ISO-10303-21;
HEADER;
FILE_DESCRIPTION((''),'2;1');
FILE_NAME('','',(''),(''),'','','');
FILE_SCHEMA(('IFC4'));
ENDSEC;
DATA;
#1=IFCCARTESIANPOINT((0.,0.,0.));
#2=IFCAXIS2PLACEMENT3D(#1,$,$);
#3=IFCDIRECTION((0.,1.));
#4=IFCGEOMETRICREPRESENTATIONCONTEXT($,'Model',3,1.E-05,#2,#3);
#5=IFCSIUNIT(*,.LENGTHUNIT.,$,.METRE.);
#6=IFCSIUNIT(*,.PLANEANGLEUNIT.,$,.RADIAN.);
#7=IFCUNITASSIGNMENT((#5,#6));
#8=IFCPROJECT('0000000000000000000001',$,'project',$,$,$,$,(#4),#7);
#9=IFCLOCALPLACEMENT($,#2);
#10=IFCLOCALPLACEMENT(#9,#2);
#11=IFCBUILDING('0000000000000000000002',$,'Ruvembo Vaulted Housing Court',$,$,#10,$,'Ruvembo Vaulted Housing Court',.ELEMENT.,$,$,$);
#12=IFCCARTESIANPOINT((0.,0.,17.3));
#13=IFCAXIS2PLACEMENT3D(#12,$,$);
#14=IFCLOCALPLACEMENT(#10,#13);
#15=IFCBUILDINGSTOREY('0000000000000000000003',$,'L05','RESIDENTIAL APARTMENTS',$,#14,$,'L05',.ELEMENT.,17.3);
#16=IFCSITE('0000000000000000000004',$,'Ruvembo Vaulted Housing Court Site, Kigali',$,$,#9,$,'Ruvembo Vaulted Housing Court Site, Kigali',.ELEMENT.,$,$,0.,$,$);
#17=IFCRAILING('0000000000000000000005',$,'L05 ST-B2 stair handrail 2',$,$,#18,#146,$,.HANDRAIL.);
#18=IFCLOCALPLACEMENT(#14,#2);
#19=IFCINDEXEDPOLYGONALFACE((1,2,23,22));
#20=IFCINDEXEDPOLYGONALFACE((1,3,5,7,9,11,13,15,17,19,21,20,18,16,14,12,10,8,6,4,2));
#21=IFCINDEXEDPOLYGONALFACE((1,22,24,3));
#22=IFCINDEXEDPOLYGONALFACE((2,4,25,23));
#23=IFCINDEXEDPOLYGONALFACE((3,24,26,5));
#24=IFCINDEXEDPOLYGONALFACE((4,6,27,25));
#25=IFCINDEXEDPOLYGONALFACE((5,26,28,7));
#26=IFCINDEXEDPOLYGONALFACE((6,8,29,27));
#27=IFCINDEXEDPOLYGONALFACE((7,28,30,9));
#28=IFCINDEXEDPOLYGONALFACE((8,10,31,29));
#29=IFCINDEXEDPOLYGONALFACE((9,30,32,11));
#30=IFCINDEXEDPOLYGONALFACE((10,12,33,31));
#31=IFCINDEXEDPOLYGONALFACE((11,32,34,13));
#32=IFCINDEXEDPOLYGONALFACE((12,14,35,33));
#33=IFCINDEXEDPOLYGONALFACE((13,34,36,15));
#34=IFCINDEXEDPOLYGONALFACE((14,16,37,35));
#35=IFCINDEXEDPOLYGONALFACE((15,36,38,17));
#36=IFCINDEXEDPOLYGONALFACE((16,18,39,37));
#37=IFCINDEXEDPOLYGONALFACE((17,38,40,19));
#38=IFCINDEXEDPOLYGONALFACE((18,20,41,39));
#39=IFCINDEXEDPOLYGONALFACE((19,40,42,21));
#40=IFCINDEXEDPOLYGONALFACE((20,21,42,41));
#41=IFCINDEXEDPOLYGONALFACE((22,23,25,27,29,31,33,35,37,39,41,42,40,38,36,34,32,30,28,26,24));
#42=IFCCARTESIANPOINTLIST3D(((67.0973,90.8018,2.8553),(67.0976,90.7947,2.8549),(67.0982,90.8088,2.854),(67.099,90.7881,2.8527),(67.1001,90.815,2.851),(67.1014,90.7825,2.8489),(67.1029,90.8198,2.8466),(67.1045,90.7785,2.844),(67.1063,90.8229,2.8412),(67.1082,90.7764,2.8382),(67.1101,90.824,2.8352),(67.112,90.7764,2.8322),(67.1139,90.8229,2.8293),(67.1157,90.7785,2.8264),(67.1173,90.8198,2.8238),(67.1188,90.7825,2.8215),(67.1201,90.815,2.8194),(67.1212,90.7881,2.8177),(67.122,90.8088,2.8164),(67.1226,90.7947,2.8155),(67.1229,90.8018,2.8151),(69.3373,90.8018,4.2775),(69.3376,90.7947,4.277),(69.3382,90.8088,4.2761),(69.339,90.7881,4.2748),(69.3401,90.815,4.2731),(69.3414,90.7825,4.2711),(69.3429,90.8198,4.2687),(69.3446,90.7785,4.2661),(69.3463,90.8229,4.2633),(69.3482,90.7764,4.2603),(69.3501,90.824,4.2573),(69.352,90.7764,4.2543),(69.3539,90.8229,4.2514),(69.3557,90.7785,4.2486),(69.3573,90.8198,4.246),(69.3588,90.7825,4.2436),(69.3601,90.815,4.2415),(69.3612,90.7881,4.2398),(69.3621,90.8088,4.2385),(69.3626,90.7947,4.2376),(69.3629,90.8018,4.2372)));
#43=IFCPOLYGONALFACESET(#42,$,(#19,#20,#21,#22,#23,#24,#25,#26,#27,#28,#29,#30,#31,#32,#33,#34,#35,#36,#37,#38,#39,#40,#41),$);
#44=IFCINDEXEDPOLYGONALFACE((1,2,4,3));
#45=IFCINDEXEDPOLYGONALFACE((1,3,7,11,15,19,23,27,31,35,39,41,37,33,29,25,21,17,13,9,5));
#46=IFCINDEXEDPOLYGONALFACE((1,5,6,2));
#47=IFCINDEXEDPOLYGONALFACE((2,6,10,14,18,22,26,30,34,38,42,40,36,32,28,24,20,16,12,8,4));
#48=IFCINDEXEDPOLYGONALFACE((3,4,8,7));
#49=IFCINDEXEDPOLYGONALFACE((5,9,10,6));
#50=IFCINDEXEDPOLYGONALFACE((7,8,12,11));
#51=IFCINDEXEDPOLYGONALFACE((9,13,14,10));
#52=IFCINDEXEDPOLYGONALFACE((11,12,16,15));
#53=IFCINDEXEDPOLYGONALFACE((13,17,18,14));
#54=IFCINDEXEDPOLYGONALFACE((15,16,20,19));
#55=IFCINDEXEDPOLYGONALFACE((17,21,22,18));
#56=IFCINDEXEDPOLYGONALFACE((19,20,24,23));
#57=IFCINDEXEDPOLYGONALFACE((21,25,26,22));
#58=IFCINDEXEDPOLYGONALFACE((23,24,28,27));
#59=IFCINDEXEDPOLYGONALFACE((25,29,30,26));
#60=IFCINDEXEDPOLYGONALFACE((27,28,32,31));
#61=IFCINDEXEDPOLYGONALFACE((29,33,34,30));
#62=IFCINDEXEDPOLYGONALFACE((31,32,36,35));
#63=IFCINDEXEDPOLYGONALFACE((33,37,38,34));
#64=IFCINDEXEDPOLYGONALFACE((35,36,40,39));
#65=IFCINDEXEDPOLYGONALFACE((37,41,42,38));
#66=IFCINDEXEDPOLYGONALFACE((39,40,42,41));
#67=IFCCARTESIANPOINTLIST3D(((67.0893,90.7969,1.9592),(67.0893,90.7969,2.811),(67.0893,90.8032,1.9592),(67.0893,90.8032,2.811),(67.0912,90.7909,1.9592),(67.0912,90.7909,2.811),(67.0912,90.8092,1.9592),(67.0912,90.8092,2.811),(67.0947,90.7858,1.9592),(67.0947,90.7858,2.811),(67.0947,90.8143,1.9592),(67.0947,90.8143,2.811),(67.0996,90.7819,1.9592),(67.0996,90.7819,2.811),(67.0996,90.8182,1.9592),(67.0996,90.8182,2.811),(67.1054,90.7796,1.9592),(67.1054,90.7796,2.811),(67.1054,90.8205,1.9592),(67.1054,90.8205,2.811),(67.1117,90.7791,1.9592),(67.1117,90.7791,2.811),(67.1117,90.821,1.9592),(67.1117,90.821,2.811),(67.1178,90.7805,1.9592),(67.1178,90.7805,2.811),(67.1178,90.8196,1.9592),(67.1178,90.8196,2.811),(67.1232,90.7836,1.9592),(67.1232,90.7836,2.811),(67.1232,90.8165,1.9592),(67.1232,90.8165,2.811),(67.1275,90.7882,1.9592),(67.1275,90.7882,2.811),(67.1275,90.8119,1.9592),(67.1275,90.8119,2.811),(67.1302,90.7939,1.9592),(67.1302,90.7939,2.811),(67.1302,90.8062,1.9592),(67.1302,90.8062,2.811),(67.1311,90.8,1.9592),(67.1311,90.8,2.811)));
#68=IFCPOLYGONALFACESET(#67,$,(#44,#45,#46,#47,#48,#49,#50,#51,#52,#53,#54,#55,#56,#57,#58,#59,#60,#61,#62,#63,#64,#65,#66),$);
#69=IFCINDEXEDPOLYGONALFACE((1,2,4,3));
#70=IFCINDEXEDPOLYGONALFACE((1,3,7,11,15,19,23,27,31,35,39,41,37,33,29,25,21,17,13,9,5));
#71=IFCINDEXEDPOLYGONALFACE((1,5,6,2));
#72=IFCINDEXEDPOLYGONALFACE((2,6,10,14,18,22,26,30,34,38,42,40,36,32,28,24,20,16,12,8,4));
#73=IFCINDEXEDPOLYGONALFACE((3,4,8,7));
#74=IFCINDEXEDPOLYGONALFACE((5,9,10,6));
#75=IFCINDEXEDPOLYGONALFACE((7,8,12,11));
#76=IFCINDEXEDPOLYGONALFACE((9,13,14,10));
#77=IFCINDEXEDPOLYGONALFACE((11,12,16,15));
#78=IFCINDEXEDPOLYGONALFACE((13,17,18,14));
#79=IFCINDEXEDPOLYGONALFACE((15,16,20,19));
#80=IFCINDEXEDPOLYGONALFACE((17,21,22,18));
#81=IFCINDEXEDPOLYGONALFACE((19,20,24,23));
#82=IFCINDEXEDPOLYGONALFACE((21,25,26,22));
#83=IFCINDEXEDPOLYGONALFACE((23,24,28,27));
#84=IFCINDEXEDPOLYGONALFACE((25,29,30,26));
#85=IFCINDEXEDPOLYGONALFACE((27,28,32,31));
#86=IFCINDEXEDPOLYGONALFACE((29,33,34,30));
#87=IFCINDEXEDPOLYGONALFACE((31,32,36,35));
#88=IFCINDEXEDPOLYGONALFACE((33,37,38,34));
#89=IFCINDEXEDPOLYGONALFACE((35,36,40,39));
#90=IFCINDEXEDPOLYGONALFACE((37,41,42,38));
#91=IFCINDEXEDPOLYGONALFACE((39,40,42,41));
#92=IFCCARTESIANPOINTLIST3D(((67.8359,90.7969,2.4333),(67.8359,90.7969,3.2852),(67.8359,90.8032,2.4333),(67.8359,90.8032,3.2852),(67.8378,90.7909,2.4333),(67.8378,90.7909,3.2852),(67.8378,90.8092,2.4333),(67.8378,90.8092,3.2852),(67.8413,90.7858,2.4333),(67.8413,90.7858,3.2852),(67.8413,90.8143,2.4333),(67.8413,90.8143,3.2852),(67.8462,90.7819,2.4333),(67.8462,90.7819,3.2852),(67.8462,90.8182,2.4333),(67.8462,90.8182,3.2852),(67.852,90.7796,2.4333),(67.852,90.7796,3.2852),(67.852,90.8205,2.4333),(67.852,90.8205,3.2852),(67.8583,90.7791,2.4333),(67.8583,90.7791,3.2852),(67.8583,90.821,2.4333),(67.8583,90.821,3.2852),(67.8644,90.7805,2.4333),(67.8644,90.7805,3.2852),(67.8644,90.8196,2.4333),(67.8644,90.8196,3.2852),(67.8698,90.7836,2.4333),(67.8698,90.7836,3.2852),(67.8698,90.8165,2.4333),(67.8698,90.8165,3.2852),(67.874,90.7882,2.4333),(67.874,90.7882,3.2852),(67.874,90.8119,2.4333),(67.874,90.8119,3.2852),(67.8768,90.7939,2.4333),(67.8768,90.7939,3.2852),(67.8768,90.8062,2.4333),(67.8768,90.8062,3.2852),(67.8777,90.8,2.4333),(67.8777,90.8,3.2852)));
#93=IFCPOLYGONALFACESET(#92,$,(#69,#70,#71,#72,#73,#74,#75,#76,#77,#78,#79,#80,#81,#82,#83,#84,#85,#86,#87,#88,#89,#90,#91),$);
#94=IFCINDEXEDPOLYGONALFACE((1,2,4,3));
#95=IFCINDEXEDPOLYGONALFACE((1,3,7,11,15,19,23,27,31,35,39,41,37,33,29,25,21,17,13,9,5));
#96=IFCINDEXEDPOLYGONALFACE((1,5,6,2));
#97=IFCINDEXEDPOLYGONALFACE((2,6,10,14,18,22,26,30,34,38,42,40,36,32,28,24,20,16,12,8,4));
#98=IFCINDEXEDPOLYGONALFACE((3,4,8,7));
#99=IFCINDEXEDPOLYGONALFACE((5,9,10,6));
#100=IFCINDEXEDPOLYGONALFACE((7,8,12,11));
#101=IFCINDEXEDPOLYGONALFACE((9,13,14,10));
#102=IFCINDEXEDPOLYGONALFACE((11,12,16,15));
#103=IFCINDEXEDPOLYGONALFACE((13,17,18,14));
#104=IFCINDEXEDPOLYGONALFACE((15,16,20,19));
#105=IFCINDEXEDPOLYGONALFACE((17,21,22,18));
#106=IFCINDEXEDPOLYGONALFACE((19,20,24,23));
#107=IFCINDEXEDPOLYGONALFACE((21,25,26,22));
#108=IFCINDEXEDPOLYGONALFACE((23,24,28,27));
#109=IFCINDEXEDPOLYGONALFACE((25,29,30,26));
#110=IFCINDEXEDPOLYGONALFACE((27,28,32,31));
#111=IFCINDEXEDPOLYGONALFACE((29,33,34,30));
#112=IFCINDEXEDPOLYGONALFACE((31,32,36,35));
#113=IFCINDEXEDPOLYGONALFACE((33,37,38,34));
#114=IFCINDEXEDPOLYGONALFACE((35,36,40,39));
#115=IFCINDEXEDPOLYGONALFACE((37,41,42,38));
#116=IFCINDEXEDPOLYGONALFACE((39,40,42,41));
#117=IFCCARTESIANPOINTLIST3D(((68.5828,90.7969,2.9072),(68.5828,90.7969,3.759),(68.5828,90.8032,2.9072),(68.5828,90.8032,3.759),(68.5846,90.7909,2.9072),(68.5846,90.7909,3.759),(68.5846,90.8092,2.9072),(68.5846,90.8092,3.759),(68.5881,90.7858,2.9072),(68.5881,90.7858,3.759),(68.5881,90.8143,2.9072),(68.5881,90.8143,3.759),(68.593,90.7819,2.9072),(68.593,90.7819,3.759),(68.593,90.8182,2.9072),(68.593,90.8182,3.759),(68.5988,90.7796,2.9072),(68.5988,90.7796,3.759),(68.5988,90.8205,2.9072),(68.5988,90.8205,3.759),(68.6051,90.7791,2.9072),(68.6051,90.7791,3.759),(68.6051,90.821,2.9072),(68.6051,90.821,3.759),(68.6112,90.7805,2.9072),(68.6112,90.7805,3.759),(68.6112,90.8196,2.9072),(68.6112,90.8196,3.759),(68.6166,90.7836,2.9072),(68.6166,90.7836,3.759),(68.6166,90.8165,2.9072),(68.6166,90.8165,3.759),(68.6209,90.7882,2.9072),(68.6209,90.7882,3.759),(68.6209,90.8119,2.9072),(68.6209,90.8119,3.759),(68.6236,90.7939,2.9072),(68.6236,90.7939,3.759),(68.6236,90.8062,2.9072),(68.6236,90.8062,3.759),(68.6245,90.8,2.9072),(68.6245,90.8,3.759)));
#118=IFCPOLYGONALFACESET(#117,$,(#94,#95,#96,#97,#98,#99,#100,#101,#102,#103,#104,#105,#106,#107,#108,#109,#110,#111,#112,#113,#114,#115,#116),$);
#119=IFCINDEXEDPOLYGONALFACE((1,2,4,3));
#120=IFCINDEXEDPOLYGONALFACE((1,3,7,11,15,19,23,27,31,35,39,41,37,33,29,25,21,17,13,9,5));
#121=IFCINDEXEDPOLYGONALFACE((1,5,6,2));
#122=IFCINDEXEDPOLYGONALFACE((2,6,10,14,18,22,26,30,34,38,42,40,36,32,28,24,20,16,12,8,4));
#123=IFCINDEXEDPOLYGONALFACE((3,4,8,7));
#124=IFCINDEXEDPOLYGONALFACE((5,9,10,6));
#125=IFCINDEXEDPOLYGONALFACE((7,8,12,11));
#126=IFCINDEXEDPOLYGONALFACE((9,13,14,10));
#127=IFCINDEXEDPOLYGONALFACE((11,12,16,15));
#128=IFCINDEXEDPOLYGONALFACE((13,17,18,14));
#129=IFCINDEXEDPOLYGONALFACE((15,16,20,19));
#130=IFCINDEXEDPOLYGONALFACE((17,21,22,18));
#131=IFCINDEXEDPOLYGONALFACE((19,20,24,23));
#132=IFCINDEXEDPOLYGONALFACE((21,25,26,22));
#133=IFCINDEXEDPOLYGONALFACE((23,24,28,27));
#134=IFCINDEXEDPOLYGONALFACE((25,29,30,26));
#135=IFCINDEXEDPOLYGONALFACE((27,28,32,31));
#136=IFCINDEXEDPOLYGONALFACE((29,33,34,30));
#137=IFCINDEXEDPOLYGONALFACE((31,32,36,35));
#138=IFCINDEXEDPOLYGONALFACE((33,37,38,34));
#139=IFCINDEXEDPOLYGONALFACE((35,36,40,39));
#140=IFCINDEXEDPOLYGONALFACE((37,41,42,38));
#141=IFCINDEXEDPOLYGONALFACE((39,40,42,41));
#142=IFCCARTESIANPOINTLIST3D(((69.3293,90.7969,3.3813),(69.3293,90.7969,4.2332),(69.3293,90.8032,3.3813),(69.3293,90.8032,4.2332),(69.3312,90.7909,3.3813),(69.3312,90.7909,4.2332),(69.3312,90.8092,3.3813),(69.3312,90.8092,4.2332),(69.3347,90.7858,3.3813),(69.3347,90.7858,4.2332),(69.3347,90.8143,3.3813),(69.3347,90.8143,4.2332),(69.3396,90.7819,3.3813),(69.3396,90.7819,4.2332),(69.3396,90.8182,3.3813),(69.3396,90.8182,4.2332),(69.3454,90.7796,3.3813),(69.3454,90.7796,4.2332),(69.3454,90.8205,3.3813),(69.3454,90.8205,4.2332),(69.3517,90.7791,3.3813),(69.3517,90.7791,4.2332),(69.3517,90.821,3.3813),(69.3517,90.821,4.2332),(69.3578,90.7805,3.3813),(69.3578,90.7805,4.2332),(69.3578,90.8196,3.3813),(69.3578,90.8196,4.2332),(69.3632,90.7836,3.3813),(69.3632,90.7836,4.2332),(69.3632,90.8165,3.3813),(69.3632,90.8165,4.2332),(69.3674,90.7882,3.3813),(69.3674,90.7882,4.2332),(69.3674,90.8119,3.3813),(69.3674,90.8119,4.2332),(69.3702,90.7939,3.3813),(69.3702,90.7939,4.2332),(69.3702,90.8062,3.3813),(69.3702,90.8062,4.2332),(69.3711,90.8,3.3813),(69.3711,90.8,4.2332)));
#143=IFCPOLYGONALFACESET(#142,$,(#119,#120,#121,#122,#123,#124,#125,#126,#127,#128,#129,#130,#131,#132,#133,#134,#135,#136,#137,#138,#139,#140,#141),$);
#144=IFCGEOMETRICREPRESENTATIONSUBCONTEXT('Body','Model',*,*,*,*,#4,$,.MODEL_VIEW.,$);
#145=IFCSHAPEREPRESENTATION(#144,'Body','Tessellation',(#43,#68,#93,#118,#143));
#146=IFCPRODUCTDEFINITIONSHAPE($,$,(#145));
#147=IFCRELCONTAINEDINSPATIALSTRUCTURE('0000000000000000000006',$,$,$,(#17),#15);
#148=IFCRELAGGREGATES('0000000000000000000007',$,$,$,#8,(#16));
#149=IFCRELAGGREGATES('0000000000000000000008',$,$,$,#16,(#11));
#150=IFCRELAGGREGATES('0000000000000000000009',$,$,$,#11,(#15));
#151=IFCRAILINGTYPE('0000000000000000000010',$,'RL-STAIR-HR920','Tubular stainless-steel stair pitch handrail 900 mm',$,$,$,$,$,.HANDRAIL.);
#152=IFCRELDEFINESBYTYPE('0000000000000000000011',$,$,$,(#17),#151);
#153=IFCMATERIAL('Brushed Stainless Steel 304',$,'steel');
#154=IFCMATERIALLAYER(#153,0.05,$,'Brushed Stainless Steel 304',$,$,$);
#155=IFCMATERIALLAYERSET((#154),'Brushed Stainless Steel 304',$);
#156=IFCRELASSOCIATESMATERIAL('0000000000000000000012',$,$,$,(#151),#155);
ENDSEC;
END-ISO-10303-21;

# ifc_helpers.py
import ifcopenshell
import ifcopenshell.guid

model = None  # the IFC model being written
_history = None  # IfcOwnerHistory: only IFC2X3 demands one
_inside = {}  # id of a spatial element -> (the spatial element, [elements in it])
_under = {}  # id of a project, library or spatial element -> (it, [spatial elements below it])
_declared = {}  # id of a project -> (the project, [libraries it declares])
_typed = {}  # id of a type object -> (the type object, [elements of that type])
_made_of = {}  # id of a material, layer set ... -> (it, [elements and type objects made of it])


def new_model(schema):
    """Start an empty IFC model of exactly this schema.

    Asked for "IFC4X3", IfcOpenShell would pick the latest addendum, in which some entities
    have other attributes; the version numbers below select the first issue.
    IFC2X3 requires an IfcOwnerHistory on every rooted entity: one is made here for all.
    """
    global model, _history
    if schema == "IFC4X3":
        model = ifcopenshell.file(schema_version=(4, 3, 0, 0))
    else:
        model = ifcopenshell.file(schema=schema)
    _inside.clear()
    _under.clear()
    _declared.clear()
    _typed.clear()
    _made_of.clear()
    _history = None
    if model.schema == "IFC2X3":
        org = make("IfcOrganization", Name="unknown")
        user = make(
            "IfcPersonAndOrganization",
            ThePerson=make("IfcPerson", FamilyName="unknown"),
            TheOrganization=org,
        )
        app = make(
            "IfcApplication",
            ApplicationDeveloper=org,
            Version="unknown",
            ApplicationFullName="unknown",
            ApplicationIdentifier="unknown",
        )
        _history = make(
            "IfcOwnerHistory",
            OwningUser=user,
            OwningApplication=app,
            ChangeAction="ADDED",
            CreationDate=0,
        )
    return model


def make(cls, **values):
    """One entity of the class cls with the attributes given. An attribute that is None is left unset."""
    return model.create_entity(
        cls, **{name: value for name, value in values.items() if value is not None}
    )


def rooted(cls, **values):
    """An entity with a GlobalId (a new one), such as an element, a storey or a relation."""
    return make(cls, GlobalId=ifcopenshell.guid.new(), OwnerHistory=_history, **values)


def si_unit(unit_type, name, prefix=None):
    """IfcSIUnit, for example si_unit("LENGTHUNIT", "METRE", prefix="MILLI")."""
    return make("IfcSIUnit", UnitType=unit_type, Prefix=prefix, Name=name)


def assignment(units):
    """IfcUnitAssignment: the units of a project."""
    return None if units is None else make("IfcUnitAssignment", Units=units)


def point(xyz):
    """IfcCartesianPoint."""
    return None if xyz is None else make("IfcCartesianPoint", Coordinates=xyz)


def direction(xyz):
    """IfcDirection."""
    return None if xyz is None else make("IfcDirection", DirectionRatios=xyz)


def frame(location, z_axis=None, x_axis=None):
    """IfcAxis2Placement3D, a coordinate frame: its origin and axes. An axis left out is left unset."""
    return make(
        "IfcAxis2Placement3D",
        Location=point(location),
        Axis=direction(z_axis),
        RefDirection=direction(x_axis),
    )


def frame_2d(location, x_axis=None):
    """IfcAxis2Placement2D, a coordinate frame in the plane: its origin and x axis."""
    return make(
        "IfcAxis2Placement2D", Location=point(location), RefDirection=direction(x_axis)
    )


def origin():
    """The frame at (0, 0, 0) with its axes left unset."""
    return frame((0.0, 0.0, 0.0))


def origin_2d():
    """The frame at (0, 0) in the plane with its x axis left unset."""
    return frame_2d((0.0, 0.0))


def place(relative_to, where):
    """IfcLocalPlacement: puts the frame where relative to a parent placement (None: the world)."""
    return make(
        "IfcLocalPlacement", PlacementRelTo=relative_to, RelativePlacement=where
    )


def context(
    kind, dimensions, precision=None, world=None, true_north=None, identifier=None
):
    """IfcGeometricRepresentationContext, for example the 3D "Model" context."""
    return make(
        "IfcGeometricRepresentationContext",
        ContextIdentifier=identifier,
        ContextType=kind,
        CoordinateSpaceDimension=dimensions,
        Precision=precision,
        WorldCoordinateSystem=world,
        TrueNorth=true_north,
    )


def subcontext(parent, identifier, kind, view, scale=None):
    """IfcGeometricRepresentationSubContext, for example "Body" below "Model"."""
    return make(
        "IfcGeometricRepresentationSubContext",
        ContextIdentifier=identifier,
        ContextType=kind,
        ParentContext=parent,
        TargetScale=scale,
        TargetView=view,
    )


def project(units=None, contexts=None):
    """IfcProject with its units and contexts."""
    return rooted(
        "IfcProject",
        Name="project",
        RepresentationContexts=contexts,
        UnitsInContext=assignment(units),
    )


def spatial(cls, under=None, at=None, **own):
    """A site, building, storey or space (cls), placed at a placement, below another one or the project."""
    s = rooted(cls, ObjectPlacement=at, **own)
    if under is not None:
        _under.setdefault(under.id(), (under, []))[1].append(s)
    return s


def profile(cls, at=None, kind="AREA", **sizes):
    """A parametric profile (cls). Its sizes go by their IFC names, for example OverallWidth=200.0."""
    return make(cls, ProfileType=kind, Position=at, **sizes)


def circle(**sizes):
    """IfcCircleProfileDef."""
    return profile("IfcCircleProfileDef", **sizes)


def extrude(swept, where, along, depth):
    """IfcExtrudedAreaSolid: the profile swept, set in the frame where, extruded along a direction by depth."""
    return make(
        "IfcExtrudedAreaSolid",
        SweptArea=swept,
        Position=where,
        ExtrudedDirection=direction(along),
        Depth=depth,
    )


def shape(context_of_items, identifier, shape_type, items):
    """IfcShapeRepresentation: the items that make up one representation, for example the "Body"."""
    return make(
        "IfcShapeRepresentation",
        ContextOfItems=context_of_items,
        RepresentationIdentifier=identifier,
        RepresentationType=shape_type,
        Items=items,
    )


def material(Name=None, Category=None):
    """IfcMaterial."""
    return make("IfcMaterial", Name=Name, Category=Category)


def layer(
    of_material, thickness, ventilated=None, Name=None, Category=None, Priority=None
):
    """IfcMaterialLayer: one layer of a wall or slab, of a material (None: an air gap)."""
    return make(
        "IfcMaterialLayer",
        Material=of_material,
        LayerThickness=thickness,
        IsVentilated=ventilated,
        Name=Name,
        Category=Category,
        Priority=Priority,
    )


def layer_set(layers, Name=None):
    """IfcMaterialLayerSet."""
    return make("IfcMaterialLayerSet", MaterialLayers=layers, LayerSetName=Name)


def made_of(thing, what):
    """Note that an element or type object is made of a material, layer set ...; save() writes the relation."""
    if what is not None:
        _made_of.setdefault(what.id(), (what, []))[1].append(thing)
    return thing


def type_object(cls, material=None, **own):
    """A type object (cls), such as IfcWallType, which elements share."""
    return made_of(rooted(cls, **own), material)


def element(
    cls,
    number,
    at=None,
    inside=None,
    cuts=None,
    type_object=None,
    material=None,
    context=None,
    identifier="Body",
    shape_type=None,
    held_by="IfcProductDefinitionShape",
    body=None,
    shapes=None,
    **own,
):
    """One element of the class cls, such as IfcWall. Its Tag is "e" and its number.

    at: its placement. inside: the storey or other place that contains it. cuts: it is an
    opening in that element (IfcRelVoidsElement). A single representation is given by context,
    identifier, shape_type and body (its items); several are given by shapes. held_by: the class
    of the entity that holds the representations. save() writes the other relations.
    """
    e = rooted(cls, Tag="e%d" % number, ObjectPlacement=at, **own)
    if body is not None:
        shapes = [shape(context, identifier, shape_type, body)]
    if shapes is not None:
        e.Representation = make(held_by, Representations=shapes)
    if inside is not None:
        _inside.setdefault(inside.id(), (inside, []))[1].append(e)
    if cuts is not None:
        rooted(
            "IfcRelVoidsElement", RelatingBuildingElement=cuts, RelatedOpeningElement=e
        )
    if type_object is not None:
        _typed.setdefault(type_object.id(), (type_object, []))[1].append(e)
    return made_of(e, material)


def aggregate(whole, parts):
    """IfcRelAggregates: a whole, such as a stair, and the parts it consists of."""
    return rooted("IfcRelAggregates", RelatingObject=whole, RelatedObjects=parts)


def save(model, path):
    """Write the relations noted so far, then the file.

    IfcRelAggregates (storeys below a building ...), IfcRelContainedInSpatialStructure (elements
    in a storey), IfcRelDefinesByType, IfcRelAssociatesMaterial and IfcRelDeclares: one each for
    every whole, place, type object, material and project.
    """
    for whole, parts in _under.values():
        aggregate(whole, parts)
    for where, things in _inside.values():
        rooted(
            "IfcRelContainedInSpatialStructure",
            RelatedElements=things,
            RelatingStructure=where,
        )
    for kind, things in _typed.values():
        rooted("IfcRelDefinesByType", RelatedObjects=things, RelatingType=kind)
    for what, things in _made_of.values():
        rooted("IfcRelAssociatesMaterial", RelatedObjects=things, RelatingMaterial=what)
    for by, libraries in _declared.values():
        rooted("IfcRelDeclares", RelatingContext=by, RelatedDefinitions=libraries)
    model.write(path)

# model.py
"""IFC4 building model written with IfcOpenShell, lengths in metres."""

from ifc_helpers import new_model, si_unit, direction, frame, origin, origin_2d, place, context, subcontext, project, spatial, circle, extrude, material, layer, layer_set, type_object, element, save


model = new_model("IFC4")

# Units and contexts
model_context = context("Model", 3, precision=1e-05, world=origin(), true_north=direction((0.0, 1.0)))
body_context = subcontext(model_context, "Body", "Model", "MODEL_VIEW")
ifc_project = project(units=[si_unit("LENGTHUNIT", "METRE"), si_unit("PLANEANGLEUNIT", "RADIAN")], contexts=[model_context])

# Site, building, storey
site_placement = place(None, origin())
site = spatial("IfcSite", under=ifc_project, at=site_placement, Name="Ruvembo Vaulted Housing Court Site, Kigali", LongName="Ruvembo Vaulted Housing Court Site, Kigali", CompositionType="ELEMENT", RefElevation=0.0)
building_placement = place(site_placement, origin())
building = spatial("IfcBuilding", under=site, at=building_placement, Name="Ruvembo Vaulted Housing Court", LongName="Ruvembo Vaulted Housing Court", CompositionType="ELEMENT")
storey_placement = place(building_placement, frame((0.0, 0.0, 17.3)))
storey = spatial("IfcBuildingStorey", under=building, at=storey_placement, Name="L05", Description="RESIDENTIAL APARTMENTS", LongName="L05", CompositionType="ELEMENT", Elevation=17.3)

# Railing
ifc_material_1 = material(Name="Brushed Stainless Steel 304", Category="steel")
ifc_layer_1 = layer(ifc_material_1, 0.05, Name="Brushed Stainless Steel 304")
ifc_layer_set_1 = layer_set([ifc_layer_1], Name="Brushed Stainless Steel 304")
railing_type_1 = type_object("IfcRailingType", Name="RL-STAIR-HR920", Description="Tubular stainless-steel stair pitch handrail 900 mm", PredefinedType="HANDRAIL", material=ifc_layer_set_1)
railing_1_placement = place(storey_placement, frame((67.1101, 90.8, 1.9592)))
element("IfcRailing", 1, at=railing_1_placement, inside=storey, type_object=railing_type_1, Name="L05 ST-B2 stair handrail 2", PredefinedType="HANDRAIL", context=body_context, shape_type="SweptSolid", body=[
    extrude(circle(Radius=0.0239, at=origin_2d()), frame((0.0, 0.0, 0.876), z_axis=(0.844229, 0.0, 0.535982), x_axis=(0.0, 1.0, 0.0)), (0.0, 0.0, 1.0), 2.6533),
    extrude(circle(Radius=0.021, at=origin_2d()), origin(), (0.0, 0.0, 1.0), 0.8518),
    extrude(circle(Radius=0.021, at=origin_2d()), frame((0.7466, 0.0, 0.4741)), (0.0, 0.0, 1.0), 0.8518),
    extrude(circle(Radius=0.021, at=origin_2d()), frame((1.4934, 0.0, 0.948)), (0.0, 0.0, 1.0), 0.8518),
    extrude(circle(Radius=0.021, at=origin_2d()), frame((2.24, 0.0, 1.4221)), (0.0, 0.0, 1.0), 0.8518),
])

save(model, "model.ifc")
